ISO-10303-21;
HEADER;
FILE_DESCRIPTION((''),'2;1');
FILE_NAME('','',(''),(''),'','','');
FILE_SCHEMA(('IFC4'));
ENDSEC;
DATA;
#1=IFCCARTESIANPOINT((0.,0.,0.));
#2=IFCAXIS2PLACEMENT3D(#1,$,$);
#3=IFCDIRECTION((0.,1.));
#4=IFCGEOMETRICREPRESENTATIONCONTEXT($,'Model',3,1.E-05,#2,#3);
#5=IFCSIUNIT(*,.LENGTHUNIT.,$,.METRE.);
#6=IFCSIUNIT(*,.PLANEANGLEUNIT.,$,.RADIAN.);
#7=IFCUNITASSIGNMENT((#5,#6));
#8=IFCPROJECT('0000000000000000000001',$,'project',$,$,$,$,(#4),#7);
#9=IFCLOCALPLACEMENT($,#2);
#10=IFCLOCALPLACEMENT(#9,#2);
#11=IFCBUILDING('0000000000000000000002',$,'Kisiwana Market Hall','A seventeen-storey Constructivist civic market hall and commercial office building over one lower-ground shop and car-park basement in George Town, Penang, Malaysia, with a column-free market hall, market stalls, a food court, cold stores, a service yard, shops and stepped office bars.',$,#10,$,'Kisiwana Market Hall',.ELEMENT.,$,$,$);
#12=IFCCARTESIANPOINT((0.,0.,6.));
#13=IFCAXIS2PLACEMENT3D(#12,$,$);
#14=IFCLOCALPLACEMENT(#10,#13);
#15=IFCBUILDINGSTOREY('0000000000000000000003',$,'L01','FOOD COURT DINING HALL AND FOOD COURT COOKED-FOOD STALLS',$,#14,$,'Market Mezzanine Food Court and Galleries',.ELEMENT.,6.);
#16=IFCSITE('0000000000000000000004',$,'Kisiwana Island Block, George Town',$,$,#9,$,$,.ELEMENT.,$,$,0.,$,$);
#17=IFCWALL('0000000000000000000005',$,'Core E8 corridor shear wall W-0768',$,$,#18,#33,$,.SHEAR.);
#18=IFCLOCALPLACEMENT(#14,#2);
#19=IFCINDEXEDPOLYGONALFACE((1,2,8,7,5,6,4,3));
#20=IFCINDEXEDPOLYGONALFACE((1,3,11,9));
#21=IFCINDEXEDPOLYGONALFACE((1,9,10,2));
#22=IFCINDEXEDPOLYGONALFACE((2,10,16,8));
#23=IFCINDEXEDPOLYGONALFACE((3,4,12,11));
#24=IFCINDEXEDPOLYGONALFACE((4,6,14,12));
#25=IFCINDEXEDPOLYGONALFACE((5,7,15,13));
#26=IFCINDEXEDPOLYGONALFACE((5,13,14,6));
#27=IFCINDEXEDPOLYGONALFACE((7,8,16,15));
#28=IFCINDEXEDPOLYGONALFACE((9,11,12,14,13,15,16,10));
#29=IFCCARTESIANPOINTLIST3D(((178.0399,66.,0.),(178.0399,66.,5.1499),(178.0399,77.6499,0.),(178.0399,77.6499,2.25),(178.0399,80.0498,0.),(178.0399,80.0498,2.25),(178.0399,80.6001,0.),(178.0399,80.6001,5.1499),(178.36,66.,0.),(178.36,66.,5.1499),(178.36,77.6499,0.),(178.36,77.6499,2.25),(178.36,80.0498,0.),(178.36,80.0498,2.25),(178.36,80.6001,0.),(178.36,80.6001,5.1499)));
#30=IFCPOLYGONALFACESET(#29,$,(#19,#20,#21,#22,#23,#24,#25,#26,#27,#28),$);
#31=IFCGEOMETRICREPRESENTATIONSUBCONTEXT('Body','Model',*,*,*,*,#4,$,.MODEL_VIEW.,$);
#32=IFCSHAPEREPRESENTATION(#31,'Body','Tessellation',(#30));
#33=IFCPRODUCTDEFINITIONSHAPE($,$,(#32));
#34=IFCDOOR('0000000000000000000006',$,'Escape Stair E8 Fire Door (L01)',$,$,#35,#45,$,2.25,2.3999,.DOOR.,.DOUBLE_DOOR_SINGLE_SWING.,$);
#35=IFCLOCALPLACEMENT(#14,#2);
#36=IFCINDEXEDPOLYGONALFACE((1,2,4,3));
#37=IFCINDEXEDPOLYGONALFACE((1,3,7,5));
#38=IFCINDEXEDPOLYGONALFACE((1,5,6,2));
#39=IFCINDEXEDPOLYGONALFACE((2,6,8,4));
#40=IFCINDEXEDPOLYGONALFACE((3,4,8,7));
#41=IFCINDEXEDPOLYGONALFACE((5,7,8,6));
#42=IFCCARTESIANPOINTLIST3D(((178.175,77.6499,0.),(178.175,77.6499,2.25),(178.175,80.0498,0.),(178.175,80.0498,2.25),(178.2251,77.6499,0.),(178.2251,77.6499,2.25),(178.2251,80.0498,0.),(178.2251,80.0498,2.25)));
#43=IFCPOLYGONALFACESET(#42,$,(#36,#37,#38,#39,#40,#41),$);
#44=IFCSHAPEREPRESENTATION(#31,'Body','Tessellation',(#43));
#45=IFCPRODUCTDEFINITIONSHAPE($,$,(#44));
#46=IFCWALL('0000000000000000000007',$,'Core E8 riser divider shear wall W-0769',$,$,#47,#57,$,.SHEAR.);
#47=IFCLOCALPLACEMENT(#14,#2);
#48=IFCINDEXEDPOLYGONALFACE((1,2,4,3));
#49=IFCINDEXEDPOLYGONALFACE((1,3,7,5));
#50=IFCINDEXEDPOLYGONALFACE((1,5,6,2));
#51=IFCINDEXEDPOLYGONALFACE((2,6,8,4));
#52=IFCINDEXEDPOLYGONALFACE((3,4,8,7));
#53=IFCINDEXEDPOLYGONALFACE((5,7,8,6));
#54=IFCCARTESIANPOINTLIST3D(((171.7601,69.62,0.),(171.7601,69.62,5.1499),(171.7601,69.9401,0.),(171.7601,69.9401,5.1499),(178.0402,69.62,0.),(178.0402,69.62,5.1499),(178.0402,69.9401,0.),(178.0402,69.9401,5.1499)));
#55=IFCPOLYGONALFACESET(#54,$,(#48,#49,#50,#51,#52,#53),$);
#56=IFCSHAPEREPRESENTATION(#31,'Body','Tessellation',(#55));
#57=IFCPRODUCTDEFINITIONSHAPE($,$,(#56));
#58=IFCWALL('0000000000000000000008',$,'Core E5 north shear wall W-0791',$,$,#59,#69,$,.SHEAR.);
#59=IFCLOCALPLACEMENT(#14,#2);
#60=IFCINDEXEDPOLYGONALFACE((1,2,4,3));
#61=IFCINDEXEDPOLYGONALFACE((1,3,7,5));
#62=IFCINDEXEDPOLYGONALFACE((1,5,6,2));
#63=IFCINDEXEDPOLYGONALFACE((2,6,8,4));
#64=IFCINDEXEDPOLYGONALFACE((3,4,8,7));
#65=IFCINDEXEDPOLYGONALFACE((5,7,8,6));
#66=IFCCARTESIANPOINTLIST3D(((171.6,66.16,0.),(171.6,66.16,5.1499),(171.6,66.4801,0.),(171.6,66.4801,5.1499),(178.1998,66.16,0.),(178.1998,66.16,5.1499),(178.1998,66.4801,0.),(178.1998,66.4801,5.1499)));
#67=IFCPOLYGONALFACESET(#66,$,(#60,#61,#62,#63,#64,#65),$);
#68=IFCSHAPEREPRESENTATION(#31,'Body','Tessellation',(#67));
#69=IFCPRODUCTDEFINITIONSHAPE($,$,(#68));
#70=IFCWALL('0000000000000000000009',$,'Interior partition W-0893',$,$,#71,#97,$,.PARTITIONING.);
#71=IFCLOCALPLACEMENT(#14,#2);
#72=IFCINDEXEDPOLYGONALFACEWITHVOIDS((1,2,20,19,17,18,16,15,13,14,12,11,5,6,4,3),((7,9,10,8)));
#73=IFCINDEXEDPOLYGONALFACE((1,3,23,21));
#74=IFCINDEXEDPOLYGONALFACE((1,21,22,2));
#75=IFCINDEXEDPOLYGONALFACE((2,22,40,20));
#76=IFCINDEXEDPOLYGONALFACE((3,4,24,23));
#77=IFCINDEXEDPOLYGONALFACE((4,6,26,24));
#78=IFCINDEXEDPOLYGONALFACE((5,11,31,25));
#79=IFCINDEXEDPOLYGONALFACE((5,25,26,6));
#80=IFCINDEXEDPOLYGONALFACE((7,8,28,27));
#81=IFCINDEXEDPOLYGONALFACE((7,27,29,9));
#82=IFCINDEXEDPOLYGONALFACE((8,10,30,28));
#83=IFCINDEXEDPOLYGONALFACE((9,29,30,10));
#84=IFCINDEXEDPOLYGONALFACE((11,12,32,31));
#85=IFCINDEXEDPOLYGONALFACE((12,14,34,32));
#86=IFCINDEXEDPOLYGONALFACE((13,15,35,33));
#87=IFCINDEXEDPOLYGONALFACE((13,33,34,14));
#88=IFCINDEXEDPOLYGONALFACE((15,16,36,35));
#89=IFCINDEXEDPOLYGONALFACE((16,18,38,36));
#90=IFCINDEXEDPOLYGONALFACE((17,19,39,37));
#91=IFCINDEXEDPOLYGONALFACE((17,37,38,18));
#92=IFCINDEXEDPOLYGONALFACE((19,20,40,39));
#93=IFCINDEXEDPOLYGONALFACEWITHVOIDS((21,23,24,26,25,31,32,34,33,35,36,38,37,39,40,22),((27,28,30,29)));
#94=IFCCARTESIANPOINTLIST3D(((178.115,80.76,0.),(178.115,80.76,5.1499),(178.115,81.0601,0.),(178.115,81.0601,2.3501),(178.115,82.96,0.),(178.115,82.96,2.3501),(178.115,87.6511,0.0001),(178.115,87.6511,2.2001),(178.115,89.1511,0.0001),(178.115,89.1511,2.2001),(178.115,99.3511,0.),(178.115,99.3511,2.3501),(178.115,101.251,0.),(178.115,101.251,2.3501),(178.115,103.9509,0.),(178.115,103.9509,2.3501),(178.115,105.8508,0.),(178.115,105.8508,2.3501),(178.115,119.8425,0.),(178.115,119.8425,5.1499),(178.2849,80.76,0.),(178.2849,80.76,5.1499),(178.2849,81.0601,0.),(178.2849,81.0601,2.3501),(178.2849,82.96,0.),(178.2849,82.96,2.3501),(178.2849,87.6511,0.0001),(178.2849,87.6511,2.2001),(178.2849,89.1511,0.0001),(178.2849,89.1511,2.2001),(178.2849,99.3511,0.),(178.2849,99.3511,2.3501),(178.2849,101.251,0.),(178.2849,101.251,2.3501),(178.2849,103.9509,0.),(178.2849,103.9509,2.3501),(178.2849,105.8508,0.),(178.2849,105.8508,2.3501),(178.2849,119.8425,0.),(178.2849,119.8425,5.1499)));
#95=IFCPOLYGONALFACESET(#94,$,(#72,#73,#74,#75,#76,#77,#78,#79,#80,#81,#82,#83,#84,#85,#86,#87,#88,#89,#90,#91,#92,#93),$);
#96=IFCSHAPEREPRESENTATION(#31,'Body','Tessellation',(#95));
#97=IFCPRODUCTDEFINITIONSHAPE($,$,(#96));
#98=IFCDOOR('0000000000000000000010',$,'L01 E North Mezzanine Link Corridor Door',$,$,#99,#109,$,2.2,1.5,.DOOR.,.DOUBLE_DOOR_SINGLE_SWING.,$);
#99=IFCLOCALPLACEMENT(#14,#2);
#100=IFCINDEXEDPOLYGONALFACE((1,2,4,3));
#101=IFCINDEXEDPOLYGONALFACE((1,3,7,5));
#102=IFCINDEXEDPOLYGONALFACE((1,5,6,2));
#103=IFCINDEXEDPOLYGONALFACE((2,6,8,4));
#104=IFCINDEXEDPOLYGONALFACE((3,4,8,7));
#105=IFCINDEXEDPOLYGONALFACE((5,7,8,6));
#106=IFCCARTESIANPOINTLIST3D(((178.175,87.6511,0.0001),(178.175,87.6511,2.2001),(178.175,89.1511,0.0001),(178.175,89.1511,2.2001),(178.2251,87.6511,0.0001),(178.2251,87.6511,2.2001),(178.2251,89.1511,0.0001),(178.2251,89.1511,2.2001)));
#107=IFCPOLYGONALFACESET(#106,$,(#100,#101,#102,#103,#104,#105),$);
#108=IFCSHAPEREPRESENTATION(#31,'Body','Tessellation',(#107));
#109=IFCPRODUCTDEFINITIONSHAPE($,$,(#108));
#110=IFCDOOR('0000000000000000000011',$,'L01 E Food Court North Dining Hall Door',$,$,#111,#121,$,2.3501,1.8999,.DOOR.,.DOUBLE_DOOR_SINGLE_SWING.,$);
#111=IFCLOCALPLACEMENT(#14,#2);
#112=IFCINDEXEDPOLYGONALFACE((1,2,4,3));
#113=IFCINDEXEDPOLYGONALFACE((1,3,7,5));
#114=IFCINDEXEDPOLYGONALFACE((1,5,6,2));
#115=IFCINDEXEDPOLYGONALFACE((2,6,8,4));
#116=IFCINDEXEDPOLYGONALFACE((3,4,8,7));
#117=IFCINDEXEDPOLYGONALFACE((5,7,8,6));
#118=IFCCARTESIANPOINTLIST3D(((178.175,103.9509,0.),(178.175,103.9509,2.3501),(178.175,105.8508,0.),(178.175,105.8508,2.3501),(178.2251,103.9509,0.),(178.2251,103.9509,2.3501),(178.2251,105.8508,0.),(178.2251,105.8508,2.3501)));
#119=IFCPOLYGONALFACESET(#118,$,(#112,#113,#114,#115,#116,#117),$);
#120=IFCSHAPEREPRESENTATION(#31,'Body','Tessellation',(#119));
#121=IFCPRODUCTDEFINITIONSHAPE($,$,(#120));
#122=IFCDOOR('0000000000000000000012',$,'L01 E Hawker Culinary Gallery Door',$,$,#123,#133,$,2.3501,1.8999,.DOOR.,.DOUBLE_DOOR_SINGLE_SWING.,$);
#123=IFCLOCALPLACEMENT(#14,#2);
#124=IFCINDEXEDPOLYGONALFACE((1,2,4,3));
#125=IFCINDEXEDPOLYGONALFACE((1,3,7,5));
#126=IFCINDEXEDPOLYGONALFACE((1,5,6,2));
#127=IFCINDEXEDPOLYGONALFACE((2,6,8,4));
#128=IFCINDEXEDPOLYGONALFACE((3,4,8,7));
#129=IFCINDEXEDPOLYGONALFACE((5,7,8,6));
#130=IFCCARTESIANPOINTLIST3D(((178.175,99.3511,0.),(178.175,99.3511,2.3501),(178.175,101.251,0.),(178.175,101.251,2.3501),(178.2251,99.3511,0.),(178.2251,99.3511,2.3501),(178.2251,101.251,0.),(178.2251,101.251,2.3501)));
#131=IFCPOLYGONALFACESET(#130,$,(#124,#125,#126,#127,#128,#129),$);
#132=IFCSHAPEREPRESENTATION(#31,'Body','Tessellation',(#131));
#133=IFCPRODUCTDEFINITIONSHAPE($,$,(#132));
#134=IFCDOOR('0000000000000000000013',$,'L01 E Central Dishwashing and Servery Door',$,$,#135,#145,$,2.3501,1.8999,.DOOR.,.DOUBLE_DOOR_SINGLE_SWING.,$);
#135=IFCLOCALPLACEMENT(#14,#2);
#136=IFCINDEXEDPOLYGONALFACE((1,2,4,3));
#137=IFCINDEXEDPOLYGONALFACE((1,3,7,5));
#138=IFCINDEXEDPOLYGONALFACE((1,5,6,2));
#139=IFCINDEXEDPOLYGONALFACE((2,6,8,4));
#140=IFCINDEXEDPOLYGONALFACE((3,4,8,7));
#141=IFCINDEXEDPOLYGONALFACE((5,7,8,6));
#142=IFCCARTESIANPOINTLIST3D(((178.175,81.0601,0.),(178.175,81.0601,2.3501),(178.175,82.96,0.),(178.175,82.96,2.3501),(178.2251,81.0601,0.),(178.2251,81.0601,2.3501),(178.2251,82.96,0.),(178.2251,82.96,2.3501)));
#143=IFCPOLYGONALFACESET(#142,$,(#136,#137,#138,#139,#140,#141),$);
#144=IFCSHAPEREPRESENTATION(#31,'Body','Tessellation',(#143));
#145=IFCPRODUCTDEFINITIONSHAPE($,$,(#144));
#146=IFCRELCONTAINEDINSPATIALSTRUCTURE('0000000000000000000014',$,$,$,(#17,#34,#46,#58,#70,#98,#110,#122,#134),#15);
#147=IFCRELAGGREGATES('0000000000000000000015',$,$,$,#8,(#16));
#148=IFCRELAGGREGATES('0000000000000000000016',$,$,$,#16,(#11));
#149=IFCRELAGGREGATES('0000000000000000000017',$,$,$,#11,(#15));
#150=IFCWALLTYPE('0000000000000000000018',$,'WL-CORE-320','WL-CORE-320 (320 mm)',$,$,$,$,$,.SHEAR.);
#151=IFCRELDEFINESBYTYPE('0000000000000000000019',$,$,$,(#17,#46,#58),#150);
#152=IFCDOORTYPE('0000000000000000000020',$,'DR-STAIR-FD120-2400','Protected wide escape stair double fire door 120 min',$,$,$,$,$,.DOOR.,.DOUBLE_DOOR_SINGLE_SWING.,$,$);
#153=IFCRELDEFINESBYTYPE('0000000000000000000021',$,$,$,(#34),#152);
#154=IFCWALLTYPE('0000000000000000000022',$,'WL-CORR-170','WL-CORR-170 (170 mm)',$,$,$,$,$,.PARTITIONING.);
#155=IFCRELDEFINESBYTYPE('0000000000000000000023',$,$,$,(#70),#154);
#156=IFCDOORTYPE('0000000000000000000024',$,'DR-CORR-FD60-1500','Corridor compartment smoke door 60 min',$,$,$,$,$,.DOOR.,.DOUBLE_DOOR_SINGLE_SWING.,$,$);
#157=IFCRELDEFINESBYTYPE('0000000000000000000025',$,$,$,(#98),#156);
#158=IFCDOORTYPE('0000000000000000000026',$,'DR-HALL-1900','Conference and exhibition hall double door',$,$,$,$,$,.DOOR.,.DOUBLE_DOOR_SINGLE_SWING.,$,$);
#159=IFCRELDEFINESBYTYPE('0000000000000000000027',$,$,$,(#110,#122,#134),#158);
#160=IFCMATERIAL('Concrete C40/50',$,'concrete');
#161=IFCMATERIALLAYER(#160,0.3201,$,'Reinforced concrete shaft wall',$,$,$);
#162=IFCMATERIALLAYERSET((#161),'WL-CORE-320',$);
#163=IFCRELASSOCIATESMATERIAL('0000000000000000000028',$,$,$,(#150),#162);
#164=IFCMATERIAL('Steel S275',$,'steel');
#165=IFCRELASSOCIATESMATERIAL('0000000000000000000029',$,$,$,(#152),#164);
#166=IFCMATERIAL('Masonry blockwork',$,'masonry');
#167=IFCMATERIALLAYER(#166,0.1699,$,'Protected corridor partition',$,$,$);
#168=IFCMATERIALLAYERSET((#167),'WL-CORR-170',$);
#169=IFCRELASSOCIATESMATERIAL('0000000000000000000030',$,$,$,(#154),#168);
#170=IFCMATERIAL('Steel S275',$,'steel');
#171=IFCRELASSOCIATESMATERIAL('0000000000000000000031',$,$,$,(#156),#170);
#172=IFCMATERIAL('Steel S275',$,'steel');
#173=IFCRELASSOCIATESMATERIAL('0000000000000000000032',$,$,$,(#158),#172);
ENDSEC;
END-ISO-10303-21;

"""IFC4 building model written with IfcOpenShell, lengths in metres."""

from ifc_helpers import new_model, si_unit, direction, frame, frame_2d, origin, place, context, subcontext, project, spatial, rectangle, extrude, material, layer, layer_set, type_object, element, fill, save


model = new_model("IFC4")

# Units and contexts
model_context = context("Model", 3, precision=1e-05, world=origin(), true_north=direction((0.0, 1.0)))
body_context = subcontext(model_context, "Body", "Model", "MODEL_VIEW")
ifc_project = project(units=[si_unit("LENGTHUNIT", "METRE"), si_unit("PLANEANGLEUNIT", "RADIAN")], contexts=[model_context])

# Site, building, storey
site_placement = place(None, origin())
site = spatial("IfcSite", under=ifc_project, at=site_placement, Name="Kisiwana Island Block, George Town", CompositionType="ELEMENT", RefElevation=0.0)
building_placement = place(site_placement, origin())
building = spatial("IfcBuilding", under=site, at=building_placement, Name="Kisiwana Market Hall", Description="A seventeen-storey Constructivist civic market hall and commercial office building over one lower-ground shop and car-park basement in George Town, Penang, Malaysia, with a column-free market hall, market stalls, a food court, cold stores, a service yard, shops and stepped office bars.", LongName="Kisiwana Market Hall", CompositionType="ELEMENT")
storey_placement = place(building_placement, frame((0.0, 0.0, 6.0)))
storey = spatial("IfcBuildingStorey", under=building, at=storey_placement, Name="L01", Description="FOOD COURT DINING HALL AND FOOD COURT COOKED-FOOD STALLS", LongName="Market Mezzanine Food Court and Galleries", CompositionType="ELEMENT", Elevation=6.0)

# Shared definitions
ifc_material_1 = material(Name="Concrete C40/50", Category="concrete")
ifc_layer_1 = layer(ifc_material_1, 0.3201, Name="Reinforced concrete shaft wall")
ifc_layer_set_1 = layer_set([ifc_layer_1], Name="WL-CORE-320")
wall_type_1 = type_object("IfcWallType", Name="WL-CORE-320", Description="WL-CORE-320 (320 mm)", PredefinedType="SHEAR", material=ifc_layer_set_1)

# Shared definitions
ifc_material_2 = material(Name="Steel S275", Category="steel")
door_type_1 = type_object("IfcDoorType", Name="DR-STAIR-FD120-2400", Description="Protected wide escape stair double fire door 120 min", OperationType="DOUBLE_DOOR_SINGLE_SWING", PredefinedType="DOOR", material=ifc_material_2)

# Wall, opening, door
wall_1_placement = place(storey_placement, frame((178.2, 66.0, 0.0), z_axis=(0.0, 0.0, 1.0), x_axis=(0.0, 1.0, 0.0)))
wall_1 = element("IfcWall", 1, at=wall_1_placement, inside=storey, type_object=wall_type_1, Name="Core E8 corridor shear wall W-0768", PredefinedType="SHEAR", context=body_context, shape_type="SweptSolid", body=[
    extrude(rectangle(XDim=14.6001, YDim=0.3201, at=frame_2d((7.3, 0.0))), origin(), (0.0, 0.0, 1.0), 5.1499),
])
opening_1_placement = place(wall_1_placement, frame((11.6499, 0.0, 0.0)))
opening_1 = element("IfcOpeningElement", 2, at=opening_1_placement, cuts=wall_1, PredefinedType="OPENING", context=body_context, shape_type="SweptSolid", body=[
    extrude(rectangle(XDim=2.3999, YDim=2.25, at=frame_2d((1.2, 1.125))), frame((0.0, 0.1719, 0.0), z_axis=(0.0, -1.0, 0.0), x_axis=(1.0, 0.0, 0.0)), (0.0, 0.0, 1.0), 0.344),
])
door_1_placement = place(opening_1_placement, origin())
door_1 = element("IfcDoor", 3, at=door_1_placement, inside=storey, type_object=door_type_1, Name="Escape Stair E8 Fire Door (L01)", OperationType="DOUBLE_DOOR_SINGLE_SWING", OverallHeight=2.25, OverallWidth=2.3999, PredefinedType="DOOR", context=body_context, shape_type="SweptSolid", body=[
    extrude(rectangle(XDim=2.3999, YDim=2.25, at=frame_2d((1.2, 1.125))), frame((0.0, 0.0249, 0.0), z_axis=(0.0, -1.0, 0.0), x_axis=(1.0, 0.0, 0.0)), (0.0, 0.0, 1.0), 0.05),
])
fill(opening_1, door_1)

# Walls
wall_2_placement = place(storey_placement, frame((171.76, 69.78, 0.0), z_axis=(0.0, 0.0, 1.0), x_axis=(1.0, 0.0, 0.0)))
element("IfcWall", 4, at=wall_2_placement, inside=storey, type_object=wall_type_1, Name="Core E8 riser divider shear wall W-0769", PredefinedType="SHEAR", context=body_context, shape_type="SweptSolid", body=[
    extrude(rectangle(XDim=6.28, YDim=0.3201, at=frame_2d((3.1401, 0.0))), origin(), (0.0, 0.0, 1.0), 5.1499),
])
wall_3_placement = place(storey_placement, frame((171.6001, 66.3201, 0.0), z_axis=(0.0, 0.0, 1.0), x_axis=(1.0, 0.0, 0.0)))
element("IfcWall", 5, at=wall_3_placement, inside=storey, type_object=wall_type_1, Name="Core E5 north shear wall W-0791", PredefinedType="SHEAR", context=body_context, shape_type="SweptSolid", body=[
    extrude(rectangle(XDim=6.5999, YDim=0.3201, at=frame_2d((3.2998, 0.0))), origin(), (0.0, 0.0, 1.0), 5.1499),
])

# Wall, openings, doors
ifc_material_3 = material(Name="Masonry blockwork", Category="masonry")
ifc_layer_2 = layer(ifc_material_3, 0.1699, Name="Protected corridor partition")
ifc_layer_set_2 = layer_set([ifc_layer_2], Name="WL-CORR-170")
wall_type_2 = type_object("IfcWallType", Name="WL-CORR-170", Description="WL-CORR-170 (170 mm)", PredefinedType="PARTITIONING", material=ifc_layer_set_2)
wall_4_placement = place(storey_placement, frame((178.2, 80.76, 0.0), z_axis=(0.0, 0.0, 1.0), x_axis=(0.0, 1.0, 0.0)))
wall_4 = element("IfcWall", 6, at=wall_4_placement, inside=storey, type_object=wall_type_2, Name="Interior partition W-0893", PredefinedType="PARTITIONING", context=body_context, shape_type="SweptSolid", body=[
    extrude(rectangle(XDim=39.0825, YDim=0.1699, at=frame_2d((19.5413, 0.0))), origin(), (0.0, 0.0, 1.0), 5.1499),
])
opening_2_placement = place(wall_4_placement, frame((6.8911, 0.0, 0.0)))
opening_2 = element("IfcOpeningElement", 7, at=opening_2_placement, cuts=wall_4, PredefinedType="OPENING", context=body_context, shape_type="SweptSolid", body=[
    extrude(rectangle(XDim=1.5, YDim=2.2, at=frame_2d((0.75, 1.1001))), frame((0.0, 0.0969, 0.0), z_axis=(0.0, -1.0, 0.0), x_axis=(1.0, 0.0, 0.0)), (0.0, 0.0, 1.0), 0.1938),
])
opening_3_placement = place(wall_4_placement, frame((23.1909, 0.0, 0.0)))
opening_3 = element("IfcOpeningElement", 8, at=opening_3_placement, cuts=wall_4, PredefinedType="OPENING", context=body_context, shape_type="SweptSolid", body=[
    extrude(rectangle(XDim=1.8999, YDim=2.3501, at=frame_2d((0.95, 1.175))), frame((0.0, 0.0969, 0.0), z_axis=(0.0, -1.0, 0.0), x_axis=(1.0, 0.0, 0.0)), (0.0, 0.0, 1.0), 0.1938),
])
opening_4_placement = place(wall_4_placement, frame((18.5911, 0.0, 0.0)))
opening_4 = element("IfcOpeningElement", 9, at=opening_4_placement, cuts=wall_4, PredefinedType="OPENING", context=body_context, shape_type="SweptSolid", body=[
    extrude(rectangle(XDim=1.8999, YDim=2.3501, at=frame_2d((0.95, 1.175))), frame((0.0, 0.0969, 0.0), z_axis=(0.0, -1.0, 0.0), x_axis=(1.0, 0.0, 0.0)), (0.0, 0.0, 1.0), 0.1938),
])
opening_5_placement = place(wall_4_placement, frame((0.3, 0.0, 0.0)))
opening_5 = element("IfcOpeningElement", 10, at=opening_5_placement, cuts=wall_4, PredefinedType="OPENING", context=body_context, shape_type="SweptSolid", body=[
    extrude(rectangle(XDim=1.8999, YDim=2.3501, at=frame_2d((0.95, 1.175))), frame((0.0, 0.0969, 0.0), z_axis=(0.0, -1.0, 0.0), x_axis=(1.0, 0.0, 0.0)), (0.0, 0.0, 1.0), 0.1938),
])
ifc_material_4 = material(Name="Steel S275", Category="steel")
door_type_2 = type_object("IfcDoorType", Name="DR-CORR-FD60-1500", Description="Corridor compartment smoke door 60 min", OperationType="DOUBLE_DOOR_SINGLE_SWING", PredefinedType="DOOR", material=ifc_material_4)
door_2_placement = place(opening_2_placement, origin())
door_2 = element("IfcDoor", 11, at=door_2_placement, inside=storey, type_object=door_type_2, Name="L01 E North Mezzanine Link Corridor Door", OperationType="DOUBLE_DOOR_SINGLE_SWING", OverallHeight=2.2, OverallWidth=1.5, PredefinedType="DOOR", context=body_context, shape_type="SweptSolid", body=[
    extrude(rectangle(XDim=1.5, YDim=2.2, at=frame_2d((0.75, 1.1001))), frame((0.0, 0.0249, 0.0), z_axis=(0.0, -1.0, 0.0), x_axis=(1.0, 0.0, 0.0)), (0.0, 0.0, 1.0), 0.05),
])
fill(opening_2, door_2)
ifc_material_5 = material(Name="Steel S275", Category="steel")
door_type_3 = type_object("IfcDoorType", Name="DR-HALL-1900", Description="Conference and exhibition hall double door", OperationType="DOUBLE_DOOR_SINGLE_SWING", PredefinedType="DOOR", material=ifc_material_5)
door_3_placement = place(opening_3_placement, origin())
door_3 = element("IfcDoor", 12, at=door_3_placement, inside=storey, type_object=door_type_3, Name="L01 E Food Court North Dining Hall Door", OperationType="DOUBLE_DOOR_SINGLE_SWING", OverallHeight=2.3501, OverallWidth=1.8999, PredefinedType="DOOR", context=body_context, shape_type="SweptSolid", body=[
    extrude(rectangle(XDim=1.8999, YDim=2.3501, at=frame_2d((0.95, 1.175))), frame((0.0, 0.0249, 0.0), z_axis=(0.0, -1.0, 0.0), x_axis=(1.0, 0.0, 0.0)), (0.0, 0.0, 1.0), 0.05),
])
fill(opening_3, door_3)
door_4_placement = place(opening_4_placement, origin())
door_4 = element("IfcDoor", 13, at=door_4_placement, inside=storey, type_object=door_type_3, Name="L01 E Hawker Culinary Gallery Door", OperationType="DOUBLE_DOOR_SINGLE_SWING", OverallHeight=2.3501, OverallWidth=1.8999, PredefinedType="DOOR", context=body_context, shape_type="SweptSolid", body=[
    extrude(rectangle(XDim=1.8999, YDim=2.3501, at=frame_2d((0.95, 1.175))), frame((0.0, 0.0249, 0.0), z_axis=(0.0, -1.0, 0.0), x_axis=(1.0, 0.0, 0.0)), (0.0, 0.0, 1.0), 0.05),
])
fill(opening_4, door_4)
door_5_placement = place(opening_5_placement, origin())
door_5 = element("IfcDoor", 14, at=door_5_placement, inside=storey, type_object=door_type_3, Name="L01 E Central Dishwashing and Servery Door", OperationType="DOUBLE_DOOR_SINGLE_SWING", OverallHeight=2.3501, OverallWidth=1.8999, PredefinedType="DOOR", context=body_context, shape_type="SweptSolid", body=[
    extrude(rectangle(XDim=1.8999, YDim=2.3501, at=frame_2d((0.95, 1.175))), frame((0.0, 0.0249, 0.0), z_axis=(0.0, -1.0, 0.0), x_axis=(1.0, 0.0, 0.0)), (0.0, 0.0, 1.0), 0.05),
])
fill(opening_5, door_5)

save(model, "model.ifc")
